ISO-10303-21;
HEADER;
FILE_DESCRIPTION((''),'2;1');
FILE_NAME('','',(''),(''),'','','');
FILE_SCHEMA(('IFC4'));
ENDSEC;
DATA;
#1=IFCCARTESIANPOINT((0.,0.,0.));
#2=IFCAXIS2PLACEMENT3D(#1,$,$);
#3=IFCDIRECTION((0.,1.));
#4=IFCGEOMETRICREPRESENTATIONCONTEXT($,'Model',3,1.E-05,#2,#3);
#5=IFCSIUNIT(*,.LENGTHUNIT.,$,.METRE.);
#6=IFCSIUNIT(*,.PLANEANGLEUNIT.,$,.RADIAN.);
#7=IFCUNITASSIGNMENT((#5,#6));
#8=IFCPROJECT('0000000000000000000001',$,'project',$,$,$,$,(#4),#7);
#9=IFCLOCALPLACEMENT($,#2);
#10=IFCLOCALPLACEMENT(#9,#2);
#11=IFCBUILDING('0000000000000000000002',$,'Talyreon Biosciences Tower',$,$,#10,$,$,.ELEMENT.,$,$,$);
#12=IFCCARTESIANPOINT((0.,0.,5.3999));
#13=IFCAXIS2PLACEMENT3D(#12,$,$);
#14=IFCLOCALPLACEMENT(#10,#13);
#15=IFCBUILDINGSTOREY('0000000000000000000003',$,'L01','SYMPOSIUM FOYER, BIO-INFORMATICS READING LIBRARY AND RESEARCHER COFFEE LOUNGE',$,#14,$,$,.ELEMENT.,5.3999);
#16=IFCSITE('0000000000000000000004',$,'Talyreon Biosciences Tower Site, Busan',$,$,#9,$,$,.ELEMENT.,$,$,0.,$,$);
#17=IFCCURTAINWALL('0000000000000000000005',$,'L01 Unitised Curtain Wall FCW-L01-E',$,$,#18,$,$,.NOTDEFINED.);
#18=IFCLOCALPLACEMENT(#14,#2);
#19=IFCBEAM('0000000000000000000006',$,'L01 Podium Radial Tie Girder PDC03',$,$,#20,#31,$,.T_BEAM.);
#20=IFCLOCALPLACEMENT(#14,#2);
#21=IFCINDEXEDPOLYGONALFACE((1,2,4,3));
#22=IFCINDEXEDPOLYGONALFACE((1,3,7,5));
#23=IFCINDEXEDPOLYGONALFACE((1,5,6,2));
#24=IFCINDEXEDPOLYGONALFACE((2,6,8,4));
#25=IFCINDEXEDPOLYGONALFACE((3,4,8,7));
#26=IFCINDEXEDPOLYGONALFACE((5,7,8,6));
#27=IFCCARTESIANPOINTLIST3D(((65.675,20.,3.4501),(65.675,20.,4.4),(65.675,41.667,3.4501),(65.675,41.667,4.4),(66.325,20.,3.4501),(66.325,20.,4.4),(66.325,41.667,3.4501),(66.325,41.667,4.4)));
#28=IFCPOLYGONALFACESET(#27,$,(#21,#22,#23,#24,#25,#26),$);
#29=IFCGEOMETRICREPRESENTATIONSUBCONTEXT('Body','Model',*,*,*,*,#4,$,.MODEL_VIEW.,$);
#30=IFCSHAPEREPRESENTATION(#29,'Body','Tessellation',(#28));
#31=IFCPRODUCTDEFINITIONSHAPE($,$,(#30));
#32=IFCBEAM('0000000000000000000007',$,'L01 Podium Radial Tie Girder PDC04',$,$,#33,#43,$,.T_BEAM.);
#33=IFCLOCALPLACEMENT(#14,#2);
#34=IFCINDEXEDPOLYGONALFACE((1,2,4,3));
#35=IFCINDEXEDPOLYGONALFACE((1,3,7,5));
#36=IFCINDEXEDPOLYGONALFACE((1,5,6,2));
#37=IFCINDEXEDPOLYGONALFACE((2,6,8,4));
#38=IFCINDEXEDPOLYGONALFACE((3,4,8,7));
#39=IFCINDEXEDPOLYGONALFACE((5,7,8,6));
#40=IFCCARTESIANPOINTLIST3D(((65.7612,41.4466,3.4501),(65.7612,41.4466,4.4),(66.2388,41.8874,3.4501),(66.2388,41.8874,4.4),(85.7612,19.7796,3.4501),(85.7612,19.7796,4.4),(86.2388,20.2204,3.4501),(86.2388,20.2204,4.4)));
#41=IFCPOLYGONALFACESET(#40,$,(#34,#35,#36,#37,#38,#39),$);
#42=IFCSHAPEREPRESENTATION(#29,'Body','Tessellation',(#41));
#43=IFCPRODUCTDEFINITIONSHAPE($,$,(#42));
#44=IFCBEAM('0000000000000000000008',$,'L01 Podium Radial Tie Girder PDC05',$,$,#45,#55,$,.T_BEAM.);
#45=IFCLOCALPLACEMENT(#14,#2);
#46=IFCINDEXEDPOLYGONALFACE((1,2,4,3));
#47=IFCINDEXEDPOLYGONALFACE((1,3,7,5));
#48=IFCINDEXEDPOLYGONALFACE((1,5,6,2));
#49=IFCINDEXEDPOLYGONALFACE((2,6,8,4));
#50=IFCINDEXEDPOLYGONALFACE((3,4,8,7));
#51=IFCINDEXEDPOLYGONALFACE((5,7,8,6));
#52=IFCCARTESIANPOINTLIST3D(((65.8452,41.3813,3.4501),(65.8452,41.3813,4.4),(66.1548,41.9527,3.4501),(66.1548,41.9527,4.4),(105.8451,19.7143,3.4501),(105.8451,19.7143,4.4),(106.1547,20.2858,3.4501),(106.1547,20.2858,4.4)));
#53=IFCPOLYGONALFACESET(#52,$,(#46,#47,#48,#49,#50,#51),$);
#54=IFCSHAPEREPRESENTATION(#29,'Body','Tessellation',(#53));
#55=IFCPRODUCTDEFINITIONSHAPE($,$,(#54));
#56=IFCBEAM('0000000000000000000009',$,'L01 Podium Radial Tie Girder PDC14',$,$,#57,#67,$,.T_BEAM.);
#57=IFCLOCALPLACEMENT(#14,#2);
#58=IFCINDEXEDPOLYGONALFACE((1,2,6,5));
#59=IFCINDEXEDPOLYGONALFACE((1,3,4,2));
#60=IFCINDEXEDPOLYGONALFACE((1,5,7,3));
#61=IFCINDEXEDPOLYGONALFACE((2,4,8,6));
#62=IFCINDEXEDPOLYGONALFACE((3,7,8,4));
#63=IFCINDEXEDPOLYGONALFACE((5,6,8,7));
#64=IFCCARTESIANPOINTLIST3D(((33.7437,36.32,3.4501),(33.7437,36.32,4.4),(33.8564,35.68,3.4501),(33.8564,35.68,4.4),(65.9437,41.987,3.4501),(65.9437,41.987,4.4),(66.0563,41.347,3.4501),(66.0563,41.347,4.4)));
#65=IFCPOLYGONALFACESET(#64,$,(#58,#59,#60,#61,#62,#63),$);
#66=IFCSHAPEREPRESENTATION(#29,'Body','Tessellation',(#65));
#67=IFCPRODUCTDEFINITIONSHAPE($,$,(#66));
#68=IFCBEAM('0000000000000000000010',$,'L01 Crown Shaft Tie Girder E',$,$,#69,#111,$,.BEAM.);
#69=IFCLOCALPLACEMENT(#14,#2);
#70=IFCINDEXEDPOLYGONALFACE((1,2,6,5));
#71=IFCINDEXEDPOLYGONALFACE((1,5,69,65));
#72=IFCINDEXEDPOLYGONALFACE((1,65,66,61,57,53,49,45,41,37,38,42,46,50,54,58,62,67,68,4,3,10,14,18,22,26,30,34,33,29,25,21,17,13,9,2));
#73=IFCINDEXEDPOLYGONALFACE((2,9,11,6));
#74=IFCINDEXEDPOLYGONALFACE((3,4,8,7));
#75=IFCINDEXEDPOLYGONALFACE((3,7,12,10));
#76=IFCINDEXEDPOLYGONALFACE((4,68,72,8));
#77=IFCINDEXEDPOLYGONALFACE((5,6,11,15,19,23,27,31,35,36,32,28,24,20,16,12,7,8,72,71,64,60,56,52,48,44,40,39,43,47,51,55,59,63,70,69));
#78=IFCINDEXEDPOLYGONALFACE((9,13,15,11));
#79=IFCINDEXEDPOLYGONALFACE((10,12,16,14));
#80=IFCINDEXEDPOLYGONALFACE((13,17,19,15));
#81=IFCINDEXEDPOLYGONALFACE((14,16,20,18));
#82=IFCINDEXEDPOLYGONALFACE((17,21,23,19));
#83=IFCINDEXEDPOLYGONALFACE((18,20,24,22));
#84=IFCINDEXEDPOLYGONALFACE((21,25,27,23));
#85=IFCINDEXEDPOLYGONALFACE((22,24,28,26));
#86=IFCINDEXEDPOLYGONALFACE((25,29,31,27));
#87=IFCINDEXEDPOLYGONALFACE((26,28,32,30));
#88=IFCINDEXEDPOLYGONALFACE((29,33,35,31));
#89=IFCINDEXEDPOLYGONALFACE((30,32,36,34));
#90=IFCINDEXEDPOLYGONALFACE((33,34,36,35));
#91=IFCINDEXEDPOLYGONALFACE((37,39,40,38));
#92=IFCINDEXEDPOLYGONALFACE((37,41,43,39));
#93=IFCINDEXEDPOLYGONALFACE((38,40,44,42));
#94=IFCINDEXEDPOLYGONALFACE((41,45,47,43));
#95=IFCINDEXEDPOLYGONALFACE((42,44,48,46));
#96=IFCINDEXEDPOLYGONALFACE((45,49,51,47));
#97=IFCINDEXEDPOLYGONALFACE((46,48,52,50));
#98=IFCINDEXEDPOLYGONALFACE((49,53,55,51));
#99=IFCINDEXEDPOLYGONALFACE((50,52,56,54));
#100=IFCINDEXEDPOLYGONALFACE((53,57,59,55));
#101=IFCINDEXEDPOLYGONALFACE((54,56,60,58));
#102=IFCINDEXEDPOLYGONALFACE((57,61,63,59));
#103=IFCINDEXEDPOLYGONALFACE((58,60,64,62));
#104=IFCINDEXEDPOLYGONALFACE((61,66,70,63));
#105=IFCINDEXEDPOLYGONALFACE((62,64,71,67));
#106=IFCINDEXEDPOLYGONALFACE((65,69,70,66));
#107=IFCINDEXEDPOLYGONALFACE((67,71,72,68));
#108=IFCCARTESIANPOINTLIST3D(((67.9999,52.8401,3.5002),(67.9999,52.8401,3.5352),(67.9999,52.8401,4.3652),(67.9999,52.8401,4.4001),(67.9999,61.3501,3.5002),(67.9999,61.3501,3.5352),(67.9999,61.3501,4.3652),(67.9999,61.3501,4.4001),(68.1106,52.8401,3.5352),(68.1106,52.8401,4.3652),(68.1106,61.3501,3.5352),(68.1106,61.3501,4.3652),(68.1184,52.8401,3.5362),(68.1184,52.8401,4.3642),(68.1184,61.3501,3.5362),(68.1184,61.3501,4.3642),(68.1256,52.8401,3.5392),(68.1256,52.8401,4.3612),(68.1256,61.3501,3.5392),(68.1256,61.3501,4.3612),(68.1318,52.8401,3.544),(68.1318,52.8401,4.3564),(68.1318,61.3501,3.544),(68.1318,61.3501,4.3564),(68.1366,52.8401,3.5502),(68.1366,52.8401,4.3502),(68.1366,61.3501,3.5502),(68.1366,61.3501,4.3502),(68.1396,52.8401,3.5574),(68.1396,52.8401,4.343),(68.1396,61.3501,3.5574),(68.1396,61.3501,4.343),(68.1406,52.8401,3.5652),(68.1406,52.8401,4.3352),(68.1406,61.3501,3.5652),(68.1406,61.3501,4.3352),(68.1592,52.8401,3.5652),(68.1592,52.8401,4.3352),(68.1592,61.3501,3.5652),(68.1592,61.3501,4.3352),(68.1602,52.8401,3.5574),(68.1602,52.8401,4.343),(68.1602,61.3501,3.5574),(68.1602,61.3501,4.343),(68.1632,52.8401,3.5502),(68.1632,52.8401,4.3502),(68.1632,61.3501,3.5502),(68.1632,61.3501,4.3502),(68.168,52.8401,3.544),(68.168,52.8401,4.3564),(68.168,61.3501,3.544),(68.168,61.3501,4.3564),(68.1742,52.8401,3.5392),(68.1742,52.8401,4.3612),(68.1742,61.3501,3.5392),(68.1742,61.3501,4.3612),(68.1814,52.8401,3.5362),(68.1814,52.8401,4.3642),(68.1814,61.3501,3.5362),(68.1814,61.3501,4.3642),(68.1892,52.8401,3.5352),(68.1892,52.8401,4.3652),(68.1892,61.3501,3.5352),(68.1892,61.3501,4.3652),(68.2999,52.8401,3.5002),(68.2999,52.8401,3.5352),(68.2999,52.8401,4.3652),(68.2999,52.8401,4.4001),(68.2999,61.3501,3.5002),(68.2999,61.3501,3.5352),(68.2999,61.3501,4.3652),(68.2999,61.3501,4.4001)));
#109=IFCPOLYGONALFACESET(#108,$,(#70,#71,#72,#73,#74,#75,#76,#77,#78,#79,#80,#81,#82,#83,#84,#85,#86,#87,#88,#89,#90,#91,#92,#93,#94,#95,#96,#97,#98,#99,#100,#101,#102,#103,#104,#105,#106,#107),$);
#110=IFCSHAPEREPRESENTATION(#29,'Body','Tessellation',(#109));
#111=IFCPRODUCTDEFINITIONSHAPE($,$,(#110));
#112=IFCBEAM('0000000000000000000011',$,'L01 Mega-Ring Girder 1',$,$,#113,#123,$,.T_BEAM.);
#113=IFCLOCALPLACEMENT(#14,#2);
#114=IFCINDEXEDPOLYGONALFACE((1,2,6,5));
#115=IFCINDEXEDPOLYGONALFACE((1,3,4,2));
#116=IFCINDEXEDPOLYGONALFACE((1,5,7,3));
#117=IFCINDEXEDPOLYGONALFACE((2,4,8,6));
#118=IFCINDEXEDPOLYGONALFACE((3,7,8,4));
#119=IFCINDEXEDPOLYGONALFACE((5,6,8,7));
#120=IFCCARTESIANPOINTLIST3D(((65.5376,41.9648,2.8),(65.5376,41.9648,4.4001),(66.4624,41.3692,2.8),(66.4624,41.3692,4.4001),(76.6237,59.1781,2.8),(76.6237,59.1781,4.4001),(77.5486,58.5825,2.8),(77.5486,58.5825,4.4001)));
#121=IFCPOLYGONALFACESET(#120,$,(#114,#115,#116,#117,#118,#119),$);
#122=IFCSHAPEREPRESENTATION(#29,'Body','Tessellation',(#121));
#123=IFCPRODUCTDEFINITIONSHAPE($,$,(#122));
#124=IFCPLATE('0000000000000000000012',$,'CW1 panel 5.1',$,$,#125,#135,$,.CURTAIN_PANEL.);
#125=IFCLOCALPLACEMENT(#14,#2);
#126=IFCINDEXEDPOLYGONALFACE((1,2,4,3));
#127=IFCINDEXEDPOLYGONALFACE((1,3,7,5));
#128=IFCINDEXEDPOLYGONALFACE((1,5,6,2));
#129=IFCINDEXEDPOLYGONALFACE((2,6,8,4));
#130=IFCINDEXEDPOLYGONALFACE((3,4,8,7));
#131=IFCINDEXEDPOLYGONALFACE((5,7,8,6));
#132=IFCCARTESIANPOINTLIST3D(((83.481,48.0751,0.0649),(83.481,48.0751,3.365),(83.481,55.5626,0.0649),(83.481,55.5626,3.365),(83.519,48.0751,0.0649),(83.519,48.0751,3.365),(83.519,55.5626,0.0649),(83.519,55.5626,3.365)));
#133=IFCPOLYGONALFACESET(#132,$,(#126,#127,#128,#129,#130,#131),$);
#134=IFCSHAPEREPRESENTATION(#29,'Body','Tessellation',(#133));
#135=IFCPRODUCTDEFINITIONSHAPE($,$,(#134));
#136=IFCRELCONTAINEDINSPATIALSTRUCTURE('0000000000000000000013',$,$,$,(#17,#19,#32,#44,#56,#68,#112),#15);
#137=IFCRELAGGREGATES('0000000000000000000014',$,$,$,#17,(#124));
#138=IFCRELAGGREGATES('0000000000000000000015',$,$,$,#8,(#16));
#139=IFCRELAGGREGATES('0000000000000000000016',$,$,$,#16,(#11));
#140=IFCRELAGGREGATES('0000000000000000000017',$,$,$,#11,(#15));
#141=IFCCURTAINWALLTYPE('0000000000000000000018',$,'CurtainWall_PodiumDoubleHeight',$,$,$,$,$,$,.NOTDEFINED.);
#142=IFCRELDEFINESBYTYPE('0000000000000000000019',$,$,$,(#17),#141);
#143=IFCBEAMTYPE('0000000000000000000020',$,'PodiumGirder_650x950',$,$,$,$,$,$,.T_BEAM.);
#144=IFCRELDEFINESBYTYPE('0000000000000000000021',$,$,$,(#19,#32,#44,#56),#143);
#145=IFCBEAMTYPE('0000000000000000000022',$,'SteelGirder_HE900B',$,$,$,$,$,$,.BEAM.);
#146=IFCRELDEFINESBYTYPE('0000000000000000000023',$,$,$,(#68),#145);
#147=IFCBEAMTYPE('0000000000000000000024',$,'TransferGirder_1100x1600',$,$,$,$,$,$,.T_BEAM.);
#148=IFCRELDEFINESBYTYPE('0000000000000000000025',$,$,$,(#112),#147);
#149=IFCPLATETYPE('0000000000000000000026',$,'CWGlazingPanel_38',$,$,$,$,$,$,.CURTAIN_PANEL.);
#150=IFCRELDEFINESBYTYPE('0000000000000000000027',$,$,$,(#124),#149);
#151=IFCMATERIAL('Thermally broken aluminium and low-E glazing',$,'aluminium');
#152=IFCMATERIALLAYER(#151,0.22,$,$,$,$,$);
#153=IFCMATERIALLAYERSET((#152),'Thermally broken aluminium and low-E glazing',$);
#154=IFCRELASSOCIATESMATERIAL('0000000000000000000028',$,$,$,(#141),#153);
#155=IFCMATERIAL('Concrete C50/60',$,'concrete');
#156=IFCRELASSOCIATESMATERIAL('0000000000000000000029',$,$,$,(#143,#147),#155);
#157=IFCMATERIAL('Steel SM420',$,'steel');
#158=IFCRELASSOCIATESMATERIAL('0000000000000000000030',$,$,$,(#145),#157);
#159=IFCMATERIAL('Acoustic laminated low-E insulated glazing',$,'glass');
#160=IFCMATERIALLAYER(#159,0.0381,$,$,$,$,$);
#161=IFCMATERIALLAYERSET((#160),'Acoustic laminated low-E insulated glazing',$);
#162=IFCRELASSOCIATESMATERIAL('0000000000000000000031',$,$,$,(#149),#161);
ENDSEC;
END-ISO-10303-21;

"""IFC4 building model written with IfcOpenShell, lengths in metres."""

from ifc_helpers import new_model, si_unit, direction, frame, origin, origin_2d, place, context, subcontext, project, spatial, rectangle, i_section, extrude, material, layer, layer_set, material_profile, profile_set, type_object, element, aggregate, save


model = new_model("IFC4")

# Units and contexts
model_context = context("Model", 3, precision=1e-05, world=origin(), true_north=direction((0.0, 1.0)))
body_context = subcontext(model_context, "Body", "Model", "MODEL_VIEW")
ifc_project = project(units=[si_unit("LENGTHUNIT", "METRE"), si_unit("PLANEANGLEUNIT", "RADIAN")], contexts=[model_context])

# Site, building, storey
site_placement = place(None, origin())
site = spatial("IfcSite", under=ifc_project, at=site_placement, Name="Talyreon Biosciences Tower Site, Busan", CompositionType="ELEMENT", RefElevation=0.0)
building_placement = place(site_placement, origin())
building = spatial("IfcBuilding", under=site, at=building_placement, Name="Talyreon Biosciences Tower", CompositionType="ELEMENT")
storey_placement = place(building_placement, frame((0.0, 0.0, 5.3999)))
storey = spatial("IfcBuildingStorey", under=building, at=storey_placement, Name="L01", Description="SYMPOSIUM FOYER, BIO-INFORMATICS READING LIBRARY AND RESEARCHER COFFEE LOUNGE", CompositionType="ELEMENT", Elevation=5.3999)

# Curtain wall
ifc_material_1 = material(Name="Thermally broken aluminium and low-E glazing", Category="aluminium")
ifc_layer_1 = layer(ifc_material_1, 0.22)
ifc_layer_set_1 = layer_set([ifc_layer_1], Name="Thermally broken aluminium and low-E glazing")
curtain_wall_type = type_object("IfcCurtainWallType", Name="CurtainWall_PodiumDoubleHeight", PredefinedType="NOTDEFINED", material=ifc_layer_set_1)
curtain_wall_placement = place(storey_placement, origin())
curtain_wall = element("IfcCurtainWall", 1, at=curtain_wall_placement, inside=storey, type_object=curtain_wall_type, Name="L01 Unitised Curtain Wall FCW-L01-E", PredefinedType="NOTDEFINED")

# Beams
ifc_material_2 = material(Name="Concrete C50/60", Category="concrete")
ifc_material_profile_1 = material_profile(ifc_material_2, rectangle(XDim=0.6499, YDim=0.95, at=origin_2d()), Name="RCB 650x950")
ifc_profile_set_1 = profile_set([ifc_material_profile_1], Name="Concrete C50/60")
beam_type_1 = type_object("IfcBeamType", Name="PodiumGirder_650x950", PredefinedType="T_BEAM", material=ifc_profile_set_1)
beam_1_placement = place(storey_placement, frame((66.0, 41.667, 3.925), z_axis=(0.0, -1.0, 0.0), x_axis=(1.0, 0.0, 0.0)))
element("IfcBeam", 2, at=beam_1_placement, inside=storey, type_object=beam_type_1, Name="L01 Podium Radial Tie Girder PDC03", PredefinedType="T_BEAM", context=body_context, shape_type="SweptSolid", body=[
    extrude(rectangle(XDim=0.6499, YDim=0.95, at=origin_2d()), origin(), (0.0, 0.0, 1.0), 21.667),
])
beam_2_placement = place(storey_placement, frame((66.0, 41.667, 3.925), z_axis=(0.678275, -0.734809, 0.0), x_axis=(0.734809, 0.678275, 0.0)))
element("IfcBeam", 3, at=beam_2_placement, inside=storey, type_object=beam_type_1, Name="L01 Podium Radial Tie Girder PDC04", PredefinedType="T_BEAM", context=body_context, shape_type="SweptSolid", body=[
    extrude(rectangle(XDim=0.6499, YDim=0.95, at=origin_2d()), origin(), (0.0, 0.0, 1.0), 29.4866),
])
beam_3_placement = place(storey_placement, frame((66.0, 41.667, 3.925), z_axis=(0.879289, -0.476289, 0.0), x_axis=(0.476289, 0.879289, 0.0)))
element("IfcBeam", 4, at=beam_3_placement, inside=storey, type_object=beam_type_1, Name="L01 Podium Radial Tie Girder PDC05", PredefinedType="T_BEAM", context=body_context, shape_type="SweptSolid", body=[
    extrude(rectangle(XDim=0.6499, YDim=0.95, at=origin_2d()), origin(), (0.0, 0.0, 1.0), 45.4912),
])
beam_4_placement = place(storey_placement, frame((66.0, 41.667, 3.925), z_axis=(-0.984864, -0.17333, 0.0), x_axis=(0.17333, -0.984864, 0.0)))
element("IfcBeam", 5, at=beam_4_placement, inside=storey, type_object=beam_type_1, Name="L01 Podium Radial Tie Girder PDC14", PredefinedType="T_BEAM", context=body_context, shape_type="SweptSolid", body=[
    extrude(rectangle(XDim=0.6499, YDim=0.95, at=origin_2d()), origin(), (0.0, 0.0, 1.0), 32.6948),
])
ifc_material_3 = material(Name="Steel SM420", Category="steel")
ifc_material_profile_2 = material_profile(ifc_material_3, i_section(OverallWidth=0.3, OverallDepth=0.8999, WebThickness=0.0186, FlangeThickness=0.0349, FilletRadius=0.03, at=origin_2d()), Name="HE900B")
ifc_profile_set_2 = profile_set([ifc_material_profile_2], Name="Steel SM420")
beam_type_2 = type_object("IfcBeamType", Name="SteelGirder_HE900B", PredefinedType="BEAM", material=ifc_profile_set_2)
beam_5_placement = place(storey_placement, frame((68.1499, 52.8401, 3.9502), z_axis=(0.0, 1.0, 0.0), x_axis=(-1.0, 0.0, 0.0)))
element("IfcBeam", 6, at=beam_5_placement, inside=storey, type_object=beam_type_2, Name="L01 Crown Shaft Tie Girder E", PredefinedType="BEAM", context=body_context, shape_type="SweptSolid", body=[
    extrude(i_section(OverallWidth=0.3, OverallDepth=0.8999, WebThickness=0.0186, FlangeThickness=0.0349, FilletRadius=0.03, at=origin_2d()), origin(), (0.0, 0.0, 1.0), 8.51),
])
ifc_material_profile_3 = material_profile(ifc_material_2, rectangle(XDim=1.1001, YDim=1.6001, at=origin_2d()), Name="RCB 1100x1600")
ifc_profile_set_3 = profile_set([ifc_material_profile_3], Name="Concrete C50/60")
beam_type_3 = type_object("IfcBeamType", Name="TransferGirder_1100x1600", PredefinedType="T_BEAM", material=ifc_profile_set_3)
beam_6_placement = place(storey_placement, frame((66.0, 41.667, 3.6001), z_axis=(0.541464, 0.840724, 0.0), x_axis=(-0.840724, 0.541464, 0.0)))
element("IfcBeam", 7, at=beam_6_placement, inside=storey, type_object=beam_type_3, Name="L01 Mega-Ring Girder 1", PredefinedType="T_BEAM", context=body_context, shape_type="SweptSolid", body=[
    extrude(rectangle(XDim=1.1001, YDim=1.6001, at=origin_2d()), origin(), (0.0, 0.0, 1.0), 20.4744),
])

# Plate
ifc_material_4 = material(Name="Acoustic laminated low-E insulated glazing", Category="glass")
ifc_layer_2 = layer(ifc_material_4, 0.0381)
ifc_layer_set_2 = layer_set([ifc_layer_2], Name="Acoustic laminated low-E insulated glazing")
plate_type = type_object("IfcPlateType", Name="CWGlazingPanel_38", PredefinedType="CURTAIN_PANEL", material=ifc_layer_set_2)
plate_placement = place(storey_placement, frame((83.5, 51.8188, 0.0649), z_axis=(0.0, 0.0, 1.0), x_axis=(0.0, -1.0, 0.0)))
plate = element("IfcPlate", 8, at=plate_placement, type_object=plate_type, Name="CW1 panel 5.1", PredefinedType="CURTAIN_PANEL", context=body_context, shape_type="SweptSolid", body=[
    extrude(rectangle(XDim=7.4875, YDim=0.0381, at=origin_2d()), origin(), (0.0, 0.0, 1.0), 3.3),
])
aggregate(curtain_wall, [plate])

save(model, "model.ifc")
